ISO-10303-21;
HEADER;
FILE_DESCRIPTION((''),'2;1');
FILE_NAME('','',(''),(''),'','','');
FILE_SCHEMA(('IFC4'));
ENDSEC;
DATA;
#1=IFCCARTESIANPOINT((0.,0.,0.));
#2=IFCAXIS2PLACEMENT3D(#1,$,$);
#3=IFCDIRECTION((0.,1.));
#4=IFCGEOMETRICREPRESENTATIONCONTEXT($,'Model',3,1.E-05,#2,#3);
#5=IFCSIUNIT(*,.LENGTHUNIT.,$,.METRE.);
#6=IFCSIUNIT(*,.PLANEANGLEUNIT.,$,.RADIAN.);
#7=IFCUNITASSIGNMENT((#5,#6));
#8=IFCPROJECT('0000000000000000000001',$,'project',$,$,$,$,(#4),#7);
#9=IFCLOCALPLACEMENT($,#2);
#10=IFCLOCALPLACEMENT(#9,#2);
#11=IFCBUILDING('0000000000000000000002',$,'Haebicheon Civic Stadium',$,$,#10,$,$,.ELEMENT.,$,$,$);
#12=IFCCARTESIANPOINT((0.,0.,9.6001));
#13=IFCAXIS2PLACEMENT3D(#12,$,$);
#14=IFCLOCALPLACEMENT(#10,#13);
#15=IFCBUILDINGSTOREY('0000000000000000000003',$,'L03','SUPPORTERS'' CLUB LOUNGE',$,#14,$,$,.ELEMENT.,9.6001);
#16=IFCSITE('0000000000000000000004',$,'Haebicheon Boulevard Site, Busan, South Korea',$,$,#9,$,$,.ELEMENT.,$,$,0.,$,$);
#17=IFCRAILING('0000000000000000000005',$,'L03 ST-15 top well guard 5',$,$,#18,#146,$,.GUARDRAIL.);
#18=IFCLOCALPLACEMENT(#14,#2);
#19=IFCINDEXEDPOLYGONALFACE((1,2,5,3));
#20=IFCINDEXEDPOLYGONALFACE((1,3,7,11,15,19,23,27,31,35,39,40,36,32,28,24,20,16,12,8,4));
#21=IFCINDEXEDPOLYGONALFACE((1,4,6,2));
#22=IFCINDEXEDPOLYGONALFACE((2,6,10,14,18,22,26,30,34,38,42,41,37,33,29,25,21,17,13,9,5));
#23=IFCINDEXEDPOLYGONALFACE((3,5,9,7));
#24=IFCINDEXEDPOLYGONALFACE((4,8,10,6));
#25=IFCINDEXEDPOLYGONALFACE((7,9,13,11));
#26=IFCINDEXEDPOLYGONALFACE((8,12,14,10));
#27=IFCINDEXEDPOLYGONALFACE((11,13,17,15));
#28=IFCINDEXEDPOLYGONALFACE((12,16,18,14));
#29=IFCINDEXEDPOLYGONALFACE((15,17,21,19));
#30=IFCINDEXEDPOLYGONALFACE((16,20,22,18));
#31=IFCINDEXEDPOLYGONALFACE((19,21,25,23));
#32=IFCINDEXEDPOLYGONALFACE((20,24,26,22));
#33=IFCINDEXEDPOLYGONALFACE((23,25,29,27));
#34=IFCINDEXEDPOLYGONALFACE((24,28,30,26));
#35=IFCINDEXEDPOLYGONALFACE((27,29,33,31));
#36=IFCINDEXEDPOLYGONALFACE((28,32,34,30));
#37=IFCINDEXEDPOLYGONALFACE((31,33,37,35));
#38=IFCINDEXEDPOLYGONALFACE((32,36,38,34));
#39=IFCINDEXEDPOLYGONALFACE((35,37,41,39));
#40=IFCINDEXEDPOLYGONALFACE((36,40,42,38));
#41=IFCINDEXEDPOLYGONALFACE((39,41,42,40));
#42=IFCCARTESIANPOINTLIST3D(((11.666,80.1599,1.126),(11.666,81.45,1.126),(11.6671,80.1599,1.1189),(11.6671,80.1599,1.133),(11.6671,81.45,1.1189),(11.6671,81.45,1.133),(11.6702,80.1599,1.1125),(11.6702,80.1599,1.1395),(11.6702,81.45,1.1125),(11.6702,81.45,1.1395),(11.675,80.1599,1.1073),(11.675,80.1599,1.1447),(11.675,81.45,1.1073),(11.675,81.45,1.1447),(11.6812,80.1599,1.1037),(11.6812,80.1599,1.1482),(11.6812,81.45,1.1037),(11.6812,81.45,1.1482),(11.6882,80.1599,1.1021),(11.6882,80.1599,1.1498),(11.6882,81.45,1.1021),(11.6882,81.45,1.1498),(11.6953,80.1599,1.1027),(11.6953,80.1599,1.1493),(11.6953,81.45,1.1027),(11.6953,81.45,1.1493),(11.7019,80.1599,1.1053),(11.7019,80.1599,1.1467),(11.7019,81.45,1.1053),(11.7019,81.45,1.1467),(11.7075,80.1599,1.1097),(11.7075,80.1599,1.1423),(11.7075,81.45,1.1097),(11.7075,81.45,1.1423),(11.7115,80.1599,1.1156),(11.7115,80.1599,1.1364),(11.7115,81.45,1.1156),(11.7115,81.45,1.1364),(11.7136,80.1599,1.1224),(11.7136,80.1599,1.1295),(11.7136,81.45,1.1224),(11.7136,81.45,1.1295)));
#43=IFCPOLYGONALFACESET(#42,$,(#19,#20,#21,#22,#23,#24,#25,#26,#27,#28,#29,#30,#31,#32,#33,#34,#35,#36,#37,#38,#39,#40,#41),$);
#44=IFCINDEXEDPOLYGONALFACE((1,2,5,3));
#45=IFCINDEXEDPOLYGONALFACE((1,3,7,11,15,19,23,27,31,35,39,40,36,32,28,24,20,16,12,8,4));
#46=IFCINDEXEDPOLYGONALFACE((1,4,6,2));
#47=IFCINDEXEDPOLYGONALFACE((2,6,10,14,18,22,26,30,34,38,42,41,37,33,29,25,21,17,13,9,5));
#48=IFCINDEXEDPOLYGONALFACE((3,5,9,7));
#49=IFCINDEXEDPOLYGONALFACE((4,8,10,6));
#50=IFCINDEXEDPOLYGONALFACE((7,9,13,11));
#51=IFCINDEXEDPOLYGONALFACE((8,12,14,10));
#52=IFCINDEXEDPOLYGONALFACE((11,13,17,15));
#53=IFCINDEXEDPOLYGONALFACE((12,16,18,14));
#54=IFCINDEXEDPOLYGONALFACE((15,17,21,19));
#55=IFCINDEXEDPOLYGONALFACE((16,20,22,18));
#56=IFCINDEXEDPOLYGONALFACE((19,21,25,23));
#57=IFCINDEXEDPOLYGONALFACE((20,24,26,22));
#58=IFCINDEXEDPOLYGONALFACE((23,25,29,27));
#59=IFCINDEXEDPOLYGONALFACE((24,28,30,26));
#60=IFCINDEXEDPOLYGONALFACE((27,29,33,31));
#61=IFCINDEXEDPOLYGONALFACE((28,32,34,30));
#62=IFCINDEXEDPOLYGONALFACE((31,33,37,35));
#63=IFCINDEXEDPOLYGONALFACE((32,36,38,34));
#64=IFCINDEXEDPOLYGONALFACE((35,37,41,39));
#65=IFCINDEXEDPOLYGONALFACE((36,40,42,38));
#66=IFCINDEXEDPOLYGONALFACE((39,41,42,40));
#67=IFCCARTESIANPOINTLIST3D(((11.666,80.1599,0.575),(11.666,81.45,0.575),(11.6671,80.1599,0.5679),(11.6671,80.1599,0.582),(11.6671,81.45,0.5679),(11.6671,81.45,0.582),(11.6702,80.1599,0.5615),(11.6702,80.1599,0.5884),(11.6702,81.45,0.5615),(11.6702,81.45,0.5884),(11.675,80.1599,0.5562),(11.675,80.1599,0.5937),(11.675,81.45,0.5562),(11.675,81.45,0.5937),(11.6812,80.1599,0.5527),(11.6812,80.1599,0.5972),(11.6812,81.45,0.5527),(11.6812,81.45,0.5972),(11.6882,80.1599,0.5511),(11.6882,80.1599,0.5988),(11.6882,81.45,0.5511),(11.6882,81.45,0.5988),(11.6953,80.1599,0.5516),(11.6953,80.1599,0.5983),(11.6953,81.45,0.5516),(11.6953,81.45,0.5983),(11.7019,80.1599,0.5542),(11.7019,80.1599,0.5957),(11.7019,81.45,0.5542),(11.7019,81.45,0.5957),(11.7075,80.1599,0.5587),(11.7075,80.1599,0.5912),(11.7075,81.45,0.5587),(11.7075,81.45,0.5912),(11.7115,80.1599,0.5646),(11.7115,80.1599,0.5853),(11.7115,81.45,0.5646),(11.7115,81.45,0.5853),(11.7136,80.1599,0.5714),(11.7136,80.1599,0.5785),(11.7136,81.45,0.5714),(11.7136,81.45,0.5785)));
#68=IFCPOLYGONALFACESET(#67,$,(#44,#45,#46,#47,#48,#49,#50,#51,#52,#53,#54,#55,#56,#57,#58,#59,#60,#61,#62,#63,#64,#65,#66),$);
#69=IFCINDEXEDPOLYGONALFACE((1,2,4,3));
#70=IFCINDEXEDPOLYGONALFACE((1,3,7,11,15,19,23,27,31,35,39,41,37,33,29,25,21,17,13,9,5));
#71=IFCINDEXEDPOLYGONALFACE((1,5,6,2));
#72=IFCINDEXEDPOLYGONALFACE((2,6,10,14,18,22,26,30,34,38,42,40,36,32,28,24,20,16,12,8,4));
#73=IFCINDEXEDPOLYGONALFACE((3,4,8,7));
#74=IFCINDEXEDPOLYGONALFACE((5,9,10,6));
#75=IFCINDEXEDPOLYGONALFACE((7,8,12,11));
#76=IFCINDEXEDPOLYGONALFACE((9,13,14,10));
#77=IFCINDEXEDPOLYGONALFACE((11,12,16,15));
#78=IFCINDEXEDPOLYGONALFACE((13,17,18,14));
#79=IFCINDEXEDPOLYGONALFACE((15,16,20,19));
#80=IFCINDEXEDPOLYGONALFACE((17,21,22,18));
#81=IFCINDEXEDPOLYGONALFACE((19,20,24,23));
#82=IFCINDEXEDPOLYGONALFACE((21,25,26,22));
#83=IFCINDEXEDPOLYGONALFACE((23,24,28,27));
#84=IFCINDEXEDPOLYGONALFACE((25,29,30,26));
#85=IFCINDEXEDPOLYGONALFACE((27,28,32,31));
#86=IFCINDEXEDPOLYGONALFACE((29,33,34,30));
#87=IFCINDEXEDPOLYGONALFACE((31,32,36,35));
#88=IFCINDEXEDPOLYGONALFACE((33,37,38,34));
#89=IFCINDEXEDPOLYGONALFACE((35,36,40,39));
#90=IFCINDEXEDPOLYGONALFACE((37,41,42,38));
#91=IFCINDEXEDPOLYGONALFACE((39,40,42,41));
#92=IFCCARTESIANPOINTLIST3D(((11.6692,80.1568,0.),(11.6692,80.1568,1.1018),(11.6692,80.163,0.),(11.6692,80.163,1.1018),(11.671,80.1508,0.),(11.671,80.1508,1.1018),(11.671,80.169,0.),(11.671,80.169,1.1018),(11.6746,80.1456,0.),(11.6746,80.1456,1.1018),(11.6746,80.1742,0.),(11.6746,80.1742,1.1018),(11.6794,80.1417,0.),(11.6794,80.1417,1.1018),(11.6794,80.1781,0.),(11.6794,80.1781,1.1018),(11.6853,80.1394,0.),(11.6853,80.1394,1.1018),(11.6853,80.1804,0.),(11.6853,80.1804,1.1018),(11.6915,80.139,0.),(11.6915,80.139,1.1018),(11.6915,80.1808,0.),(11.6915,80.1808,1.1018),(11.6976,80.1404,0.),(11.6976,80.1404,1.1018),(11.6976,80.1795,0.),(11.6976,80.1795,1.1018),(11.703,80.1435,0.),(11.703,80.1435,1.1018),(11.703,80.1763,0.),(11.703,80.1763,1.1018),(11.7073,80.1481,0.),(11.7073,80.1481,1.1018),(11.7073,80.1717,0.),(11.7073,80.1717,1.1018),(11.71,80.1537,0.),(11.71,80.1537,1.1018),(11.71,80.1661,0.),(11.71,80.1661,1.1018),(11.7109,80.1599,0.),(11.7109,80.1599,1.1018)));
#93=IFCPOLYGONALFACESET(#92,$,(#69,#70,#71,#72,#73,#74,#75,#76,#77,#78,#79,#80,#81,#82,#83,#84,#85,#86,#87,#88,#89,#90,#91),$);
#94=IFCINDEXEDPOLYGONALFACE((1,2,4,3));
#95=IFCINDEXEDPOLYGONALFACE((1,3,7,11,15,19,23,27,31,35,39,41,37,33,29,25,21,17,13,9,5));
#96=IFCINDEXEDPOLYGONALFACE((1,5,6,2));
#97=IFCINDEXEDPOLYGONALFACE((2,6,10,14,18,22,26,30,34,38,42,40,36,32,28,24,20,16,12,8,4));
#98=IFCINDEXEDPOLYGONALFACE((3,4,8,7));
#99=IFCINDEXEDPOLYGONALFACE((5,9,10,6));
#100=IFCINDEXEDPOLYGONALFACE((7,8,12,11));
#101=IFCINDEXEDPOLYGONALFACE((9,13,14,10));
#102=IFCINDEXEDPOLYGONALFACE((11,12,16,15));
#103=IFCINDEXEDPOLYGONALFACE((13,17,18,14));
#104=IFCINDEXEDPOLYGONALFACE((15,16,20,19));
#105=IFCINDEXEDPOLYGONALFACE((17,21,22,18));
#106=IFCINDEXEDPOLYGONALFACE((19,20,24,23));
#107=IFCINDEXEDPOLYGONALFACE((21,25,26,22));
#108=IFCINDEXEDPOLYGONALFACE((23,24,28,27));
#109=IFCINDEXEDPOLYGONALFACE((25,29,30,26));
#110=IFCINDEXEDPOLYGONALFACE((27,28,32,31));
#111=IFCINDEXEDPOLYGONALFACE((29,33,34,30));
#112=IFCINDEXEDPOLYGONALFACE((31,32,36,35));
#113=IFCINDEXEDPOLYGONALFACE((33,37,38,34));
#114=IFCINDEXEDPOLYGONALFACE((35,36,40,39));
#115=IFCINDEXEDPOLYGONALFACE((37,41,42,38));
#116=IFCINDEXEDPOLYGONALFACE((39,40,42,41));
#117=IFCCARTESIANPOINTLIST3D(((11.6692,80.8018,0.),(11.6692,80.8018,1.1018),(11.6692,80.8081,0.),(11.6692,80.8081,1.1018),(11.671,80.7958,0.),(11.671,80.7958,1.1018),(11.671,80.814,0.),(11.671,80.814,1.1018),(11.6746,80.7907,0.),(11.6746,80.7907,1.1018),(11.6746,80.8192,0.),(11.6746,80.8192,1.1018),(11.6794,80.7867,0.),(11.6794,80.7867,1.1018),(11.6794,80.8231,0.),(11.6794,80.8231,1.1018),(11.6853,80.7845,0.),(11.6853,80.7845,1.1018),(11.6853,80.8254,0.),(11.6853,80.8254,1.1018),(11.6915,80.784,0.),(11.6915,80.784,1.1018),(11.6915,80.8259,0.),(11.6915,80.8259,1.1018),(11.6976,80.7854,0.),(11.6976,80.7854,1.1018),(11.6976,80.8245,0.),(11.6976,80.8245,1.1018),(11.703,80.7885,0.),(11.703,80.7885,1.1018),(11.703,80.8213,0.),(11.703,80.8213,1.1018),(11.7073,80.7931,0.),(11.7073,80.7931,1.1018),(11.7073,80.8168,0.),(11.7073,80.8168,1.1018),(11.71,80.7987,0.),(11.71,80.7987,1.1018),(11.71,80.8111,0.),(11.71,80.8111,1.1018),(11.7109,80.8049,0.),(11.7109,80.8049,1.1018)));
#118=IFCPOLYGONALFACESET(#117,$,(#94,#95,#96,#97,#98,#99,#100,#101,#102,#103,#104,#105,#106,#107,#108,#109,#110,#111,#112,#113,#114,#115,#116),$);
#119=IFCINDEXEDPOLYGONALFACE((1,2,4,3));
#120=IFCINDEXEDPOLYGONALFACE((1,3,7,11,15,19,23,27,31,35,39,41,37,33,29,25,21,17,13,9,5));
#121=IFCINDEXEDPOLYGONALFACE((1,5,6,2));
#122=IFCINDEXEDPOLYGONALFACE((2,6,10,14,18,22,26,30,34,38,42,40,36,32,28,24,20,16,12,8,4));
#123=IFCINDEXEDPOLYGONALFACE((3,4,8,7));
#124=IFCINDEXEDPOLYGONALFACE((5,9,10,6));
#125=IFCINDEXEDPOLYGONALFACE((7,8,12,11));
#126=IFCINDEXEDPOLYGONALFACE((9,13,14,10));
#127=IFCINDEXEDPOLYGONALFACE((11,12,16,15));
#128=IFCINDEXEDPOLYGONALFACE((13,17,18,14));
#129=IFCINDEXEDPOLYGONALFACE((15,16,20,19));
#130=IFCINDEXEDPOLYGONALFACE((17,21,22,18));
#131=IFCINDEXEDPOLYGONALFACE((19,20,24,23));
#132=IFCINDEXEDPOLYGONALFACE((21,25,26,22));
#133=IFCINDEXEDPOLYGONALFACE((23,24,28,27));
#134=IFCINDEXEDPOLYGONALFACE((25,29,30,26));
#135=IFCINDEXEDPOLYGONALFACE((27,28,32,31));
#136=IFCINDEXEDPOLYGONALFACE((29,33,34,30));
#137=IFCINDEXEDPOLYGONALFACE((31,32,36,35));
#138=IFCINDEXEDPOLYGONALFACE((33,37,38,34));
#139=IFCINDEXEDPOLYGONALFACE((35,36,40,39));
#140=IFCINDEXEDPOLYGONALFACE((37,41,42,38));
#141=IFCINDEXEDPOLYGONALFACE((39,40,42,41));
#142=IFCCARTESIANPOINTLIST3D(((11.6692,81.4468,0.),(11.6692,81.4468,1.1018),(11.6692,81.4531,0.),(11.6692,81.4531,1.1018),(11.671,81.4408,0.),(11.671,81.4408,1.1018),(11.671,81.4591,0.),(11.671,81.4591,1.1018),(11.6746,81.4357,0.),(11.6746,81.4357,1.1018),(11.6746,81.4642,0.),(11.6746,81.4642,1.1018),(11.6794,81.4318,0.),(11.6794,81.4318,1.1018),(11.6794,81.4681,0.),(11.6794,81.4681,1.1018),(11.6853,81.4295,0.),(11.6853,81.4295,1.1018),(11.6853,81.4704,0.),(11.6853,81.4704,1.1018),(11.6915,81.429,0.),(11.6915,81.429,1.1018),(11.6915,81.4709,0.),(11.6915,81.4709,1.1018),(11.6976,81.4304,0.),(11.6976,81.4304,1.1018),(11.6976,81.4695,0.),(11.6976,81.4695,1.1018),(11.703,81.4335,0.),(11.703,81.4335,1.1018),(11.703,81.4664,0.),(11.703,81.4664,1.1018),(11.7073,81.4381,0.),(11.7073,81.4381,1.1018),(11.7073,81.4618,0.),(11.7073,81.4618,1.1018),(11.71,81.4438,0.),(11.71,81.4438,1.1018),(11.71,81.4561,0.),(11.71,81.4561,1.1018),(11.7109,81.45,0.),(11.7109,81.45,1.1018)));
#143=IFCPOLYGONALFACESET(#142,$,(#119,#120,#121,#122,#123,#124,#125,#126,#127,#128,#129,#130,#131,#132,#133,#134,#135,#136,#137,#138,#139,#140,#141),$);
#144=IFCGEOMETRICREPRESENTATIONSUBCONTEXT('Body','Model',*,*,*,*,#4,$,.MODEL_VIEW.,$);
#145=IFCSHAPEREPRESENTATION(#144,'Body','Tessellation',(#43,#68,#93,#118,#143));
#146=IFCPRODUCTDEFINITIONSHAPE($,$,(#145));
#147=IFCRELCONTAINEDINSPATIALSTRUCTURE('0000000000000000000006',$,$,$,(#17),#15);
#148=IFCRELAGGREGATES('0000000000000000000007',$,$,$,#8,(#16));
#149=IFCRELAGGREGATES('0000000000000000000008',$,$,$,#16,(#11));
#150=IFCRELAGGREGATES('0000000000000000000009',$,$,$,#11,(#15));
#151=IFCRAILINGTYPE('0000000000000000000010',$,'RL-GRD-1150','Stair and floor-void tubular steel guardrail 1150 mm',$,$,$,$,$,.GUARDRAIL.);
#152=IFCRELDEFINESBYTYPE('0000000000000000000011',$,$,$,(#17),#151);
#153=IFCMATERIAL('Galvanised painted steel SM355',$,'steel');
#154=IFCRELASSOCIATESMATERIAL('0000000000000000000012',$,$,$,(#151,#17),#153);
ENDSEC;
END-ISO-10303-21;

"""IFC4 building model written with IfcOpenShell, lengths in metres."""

from ifc_helpers import new_model, si_unit, direction, frame, origin, origin_2d, place, context, subcontext, project, spatial, circle, extrude, material, type_object, element, save


model = new_model("IFC4")

# Units and contexts
model_context = context("Model", 3, precision=1e-05, world=origin(), true_north=direction((0.0, 1.0)))
body_context = subcontext(model_context, "Body", "Model", "MODEL_VIEW")
ifc_project = project(units=[si_unit("LENGTHUNIT", "METRE"), si_unit("PLANEANGLEUNIT", "RADIAN")], contexts=[model_context])

# Site, building, storey
site_placement = place(None, origin())
site = spatial("IfcSite", under=ifc_project, at=site_placement, Name="Haebicheon Boulevard Site, Busan, South Korea", CompositionType="ELEMENT", RefElevation=0.0)
building_placement = place(site_placement, origin())
building = spatial("IfcBuilding", under=site, at=building_placement, Name="Haebicheon Civic Stadium", CompositionType="ELEMENT")
storey_placement = place(building_placement, frame((0.0, 0.0, 9.6001)))
storey = spatial("IfcBuildingStorey", under=building, at=storey_placement, Name="L03", Description="SUPPORTERS' CLUB LOUNGE", CompositionType="ELEMENT", Elevation=9.6001)

# Railing
ifc_material_1 = material(Name="Galvanised painted steel SM355", Category="steel")
railing_type = type_object("IfcRailingType", Name="RL-GRD-1150", Description="Stair and floor-void tubular steel guardrail 1150 mm", PredefinedType="GUARDRAIL", material=ifc_material_1)
for number, where, name in (
    (1, (11.6899, 80.1599, 0.0), "L03 ST-15 top well guard 5"),
):
    element("IfcRailing", number, at=place(storey_placement, frame(where)), inside=storey, type_object=railing_type, material=ifc_material_1, Name=name, PredefinedType="GUARDRAIL", context=body_context, shape_type="SweptSolid", body=[
        extrude(circle(Radius=0.0239, at=origin_2d()), frame((0.0, 0.0, 1.126), z_axis=(0.0, 1.0, 0.0), x_axis=(-1.0, 0.0, 0.0)), (0.0, 0.0, 1.0), 1.29),
        extrude(circle(Radius=0.0239, at=origin_2d()), frame((0.0, 0.0, 0.575), z_axis=(0.0, 1.0, 0.0), x_axis=(-1.0, 0.0, 0.0)), (0.0, 0.0, 1.0), 1.29),
        extrude(circle(Radius=0.021, at=origin_2d()), origin(), (0.0, 0.0, 1.0), 1.1018),
        extrude(circle(Radius=0.021, at=origin_2d()), frame((0.0, 0.645, 0.0)), (0.0, 0.0, 1.0), 1.1018),
        extrude(circle(Radius=0.021, at=origin_2d()), frame((0.0, 1.29, 0.0)), (0.0, 0.0, 1.0), 1.1018),
    ])

save(model, "model.ifc")
